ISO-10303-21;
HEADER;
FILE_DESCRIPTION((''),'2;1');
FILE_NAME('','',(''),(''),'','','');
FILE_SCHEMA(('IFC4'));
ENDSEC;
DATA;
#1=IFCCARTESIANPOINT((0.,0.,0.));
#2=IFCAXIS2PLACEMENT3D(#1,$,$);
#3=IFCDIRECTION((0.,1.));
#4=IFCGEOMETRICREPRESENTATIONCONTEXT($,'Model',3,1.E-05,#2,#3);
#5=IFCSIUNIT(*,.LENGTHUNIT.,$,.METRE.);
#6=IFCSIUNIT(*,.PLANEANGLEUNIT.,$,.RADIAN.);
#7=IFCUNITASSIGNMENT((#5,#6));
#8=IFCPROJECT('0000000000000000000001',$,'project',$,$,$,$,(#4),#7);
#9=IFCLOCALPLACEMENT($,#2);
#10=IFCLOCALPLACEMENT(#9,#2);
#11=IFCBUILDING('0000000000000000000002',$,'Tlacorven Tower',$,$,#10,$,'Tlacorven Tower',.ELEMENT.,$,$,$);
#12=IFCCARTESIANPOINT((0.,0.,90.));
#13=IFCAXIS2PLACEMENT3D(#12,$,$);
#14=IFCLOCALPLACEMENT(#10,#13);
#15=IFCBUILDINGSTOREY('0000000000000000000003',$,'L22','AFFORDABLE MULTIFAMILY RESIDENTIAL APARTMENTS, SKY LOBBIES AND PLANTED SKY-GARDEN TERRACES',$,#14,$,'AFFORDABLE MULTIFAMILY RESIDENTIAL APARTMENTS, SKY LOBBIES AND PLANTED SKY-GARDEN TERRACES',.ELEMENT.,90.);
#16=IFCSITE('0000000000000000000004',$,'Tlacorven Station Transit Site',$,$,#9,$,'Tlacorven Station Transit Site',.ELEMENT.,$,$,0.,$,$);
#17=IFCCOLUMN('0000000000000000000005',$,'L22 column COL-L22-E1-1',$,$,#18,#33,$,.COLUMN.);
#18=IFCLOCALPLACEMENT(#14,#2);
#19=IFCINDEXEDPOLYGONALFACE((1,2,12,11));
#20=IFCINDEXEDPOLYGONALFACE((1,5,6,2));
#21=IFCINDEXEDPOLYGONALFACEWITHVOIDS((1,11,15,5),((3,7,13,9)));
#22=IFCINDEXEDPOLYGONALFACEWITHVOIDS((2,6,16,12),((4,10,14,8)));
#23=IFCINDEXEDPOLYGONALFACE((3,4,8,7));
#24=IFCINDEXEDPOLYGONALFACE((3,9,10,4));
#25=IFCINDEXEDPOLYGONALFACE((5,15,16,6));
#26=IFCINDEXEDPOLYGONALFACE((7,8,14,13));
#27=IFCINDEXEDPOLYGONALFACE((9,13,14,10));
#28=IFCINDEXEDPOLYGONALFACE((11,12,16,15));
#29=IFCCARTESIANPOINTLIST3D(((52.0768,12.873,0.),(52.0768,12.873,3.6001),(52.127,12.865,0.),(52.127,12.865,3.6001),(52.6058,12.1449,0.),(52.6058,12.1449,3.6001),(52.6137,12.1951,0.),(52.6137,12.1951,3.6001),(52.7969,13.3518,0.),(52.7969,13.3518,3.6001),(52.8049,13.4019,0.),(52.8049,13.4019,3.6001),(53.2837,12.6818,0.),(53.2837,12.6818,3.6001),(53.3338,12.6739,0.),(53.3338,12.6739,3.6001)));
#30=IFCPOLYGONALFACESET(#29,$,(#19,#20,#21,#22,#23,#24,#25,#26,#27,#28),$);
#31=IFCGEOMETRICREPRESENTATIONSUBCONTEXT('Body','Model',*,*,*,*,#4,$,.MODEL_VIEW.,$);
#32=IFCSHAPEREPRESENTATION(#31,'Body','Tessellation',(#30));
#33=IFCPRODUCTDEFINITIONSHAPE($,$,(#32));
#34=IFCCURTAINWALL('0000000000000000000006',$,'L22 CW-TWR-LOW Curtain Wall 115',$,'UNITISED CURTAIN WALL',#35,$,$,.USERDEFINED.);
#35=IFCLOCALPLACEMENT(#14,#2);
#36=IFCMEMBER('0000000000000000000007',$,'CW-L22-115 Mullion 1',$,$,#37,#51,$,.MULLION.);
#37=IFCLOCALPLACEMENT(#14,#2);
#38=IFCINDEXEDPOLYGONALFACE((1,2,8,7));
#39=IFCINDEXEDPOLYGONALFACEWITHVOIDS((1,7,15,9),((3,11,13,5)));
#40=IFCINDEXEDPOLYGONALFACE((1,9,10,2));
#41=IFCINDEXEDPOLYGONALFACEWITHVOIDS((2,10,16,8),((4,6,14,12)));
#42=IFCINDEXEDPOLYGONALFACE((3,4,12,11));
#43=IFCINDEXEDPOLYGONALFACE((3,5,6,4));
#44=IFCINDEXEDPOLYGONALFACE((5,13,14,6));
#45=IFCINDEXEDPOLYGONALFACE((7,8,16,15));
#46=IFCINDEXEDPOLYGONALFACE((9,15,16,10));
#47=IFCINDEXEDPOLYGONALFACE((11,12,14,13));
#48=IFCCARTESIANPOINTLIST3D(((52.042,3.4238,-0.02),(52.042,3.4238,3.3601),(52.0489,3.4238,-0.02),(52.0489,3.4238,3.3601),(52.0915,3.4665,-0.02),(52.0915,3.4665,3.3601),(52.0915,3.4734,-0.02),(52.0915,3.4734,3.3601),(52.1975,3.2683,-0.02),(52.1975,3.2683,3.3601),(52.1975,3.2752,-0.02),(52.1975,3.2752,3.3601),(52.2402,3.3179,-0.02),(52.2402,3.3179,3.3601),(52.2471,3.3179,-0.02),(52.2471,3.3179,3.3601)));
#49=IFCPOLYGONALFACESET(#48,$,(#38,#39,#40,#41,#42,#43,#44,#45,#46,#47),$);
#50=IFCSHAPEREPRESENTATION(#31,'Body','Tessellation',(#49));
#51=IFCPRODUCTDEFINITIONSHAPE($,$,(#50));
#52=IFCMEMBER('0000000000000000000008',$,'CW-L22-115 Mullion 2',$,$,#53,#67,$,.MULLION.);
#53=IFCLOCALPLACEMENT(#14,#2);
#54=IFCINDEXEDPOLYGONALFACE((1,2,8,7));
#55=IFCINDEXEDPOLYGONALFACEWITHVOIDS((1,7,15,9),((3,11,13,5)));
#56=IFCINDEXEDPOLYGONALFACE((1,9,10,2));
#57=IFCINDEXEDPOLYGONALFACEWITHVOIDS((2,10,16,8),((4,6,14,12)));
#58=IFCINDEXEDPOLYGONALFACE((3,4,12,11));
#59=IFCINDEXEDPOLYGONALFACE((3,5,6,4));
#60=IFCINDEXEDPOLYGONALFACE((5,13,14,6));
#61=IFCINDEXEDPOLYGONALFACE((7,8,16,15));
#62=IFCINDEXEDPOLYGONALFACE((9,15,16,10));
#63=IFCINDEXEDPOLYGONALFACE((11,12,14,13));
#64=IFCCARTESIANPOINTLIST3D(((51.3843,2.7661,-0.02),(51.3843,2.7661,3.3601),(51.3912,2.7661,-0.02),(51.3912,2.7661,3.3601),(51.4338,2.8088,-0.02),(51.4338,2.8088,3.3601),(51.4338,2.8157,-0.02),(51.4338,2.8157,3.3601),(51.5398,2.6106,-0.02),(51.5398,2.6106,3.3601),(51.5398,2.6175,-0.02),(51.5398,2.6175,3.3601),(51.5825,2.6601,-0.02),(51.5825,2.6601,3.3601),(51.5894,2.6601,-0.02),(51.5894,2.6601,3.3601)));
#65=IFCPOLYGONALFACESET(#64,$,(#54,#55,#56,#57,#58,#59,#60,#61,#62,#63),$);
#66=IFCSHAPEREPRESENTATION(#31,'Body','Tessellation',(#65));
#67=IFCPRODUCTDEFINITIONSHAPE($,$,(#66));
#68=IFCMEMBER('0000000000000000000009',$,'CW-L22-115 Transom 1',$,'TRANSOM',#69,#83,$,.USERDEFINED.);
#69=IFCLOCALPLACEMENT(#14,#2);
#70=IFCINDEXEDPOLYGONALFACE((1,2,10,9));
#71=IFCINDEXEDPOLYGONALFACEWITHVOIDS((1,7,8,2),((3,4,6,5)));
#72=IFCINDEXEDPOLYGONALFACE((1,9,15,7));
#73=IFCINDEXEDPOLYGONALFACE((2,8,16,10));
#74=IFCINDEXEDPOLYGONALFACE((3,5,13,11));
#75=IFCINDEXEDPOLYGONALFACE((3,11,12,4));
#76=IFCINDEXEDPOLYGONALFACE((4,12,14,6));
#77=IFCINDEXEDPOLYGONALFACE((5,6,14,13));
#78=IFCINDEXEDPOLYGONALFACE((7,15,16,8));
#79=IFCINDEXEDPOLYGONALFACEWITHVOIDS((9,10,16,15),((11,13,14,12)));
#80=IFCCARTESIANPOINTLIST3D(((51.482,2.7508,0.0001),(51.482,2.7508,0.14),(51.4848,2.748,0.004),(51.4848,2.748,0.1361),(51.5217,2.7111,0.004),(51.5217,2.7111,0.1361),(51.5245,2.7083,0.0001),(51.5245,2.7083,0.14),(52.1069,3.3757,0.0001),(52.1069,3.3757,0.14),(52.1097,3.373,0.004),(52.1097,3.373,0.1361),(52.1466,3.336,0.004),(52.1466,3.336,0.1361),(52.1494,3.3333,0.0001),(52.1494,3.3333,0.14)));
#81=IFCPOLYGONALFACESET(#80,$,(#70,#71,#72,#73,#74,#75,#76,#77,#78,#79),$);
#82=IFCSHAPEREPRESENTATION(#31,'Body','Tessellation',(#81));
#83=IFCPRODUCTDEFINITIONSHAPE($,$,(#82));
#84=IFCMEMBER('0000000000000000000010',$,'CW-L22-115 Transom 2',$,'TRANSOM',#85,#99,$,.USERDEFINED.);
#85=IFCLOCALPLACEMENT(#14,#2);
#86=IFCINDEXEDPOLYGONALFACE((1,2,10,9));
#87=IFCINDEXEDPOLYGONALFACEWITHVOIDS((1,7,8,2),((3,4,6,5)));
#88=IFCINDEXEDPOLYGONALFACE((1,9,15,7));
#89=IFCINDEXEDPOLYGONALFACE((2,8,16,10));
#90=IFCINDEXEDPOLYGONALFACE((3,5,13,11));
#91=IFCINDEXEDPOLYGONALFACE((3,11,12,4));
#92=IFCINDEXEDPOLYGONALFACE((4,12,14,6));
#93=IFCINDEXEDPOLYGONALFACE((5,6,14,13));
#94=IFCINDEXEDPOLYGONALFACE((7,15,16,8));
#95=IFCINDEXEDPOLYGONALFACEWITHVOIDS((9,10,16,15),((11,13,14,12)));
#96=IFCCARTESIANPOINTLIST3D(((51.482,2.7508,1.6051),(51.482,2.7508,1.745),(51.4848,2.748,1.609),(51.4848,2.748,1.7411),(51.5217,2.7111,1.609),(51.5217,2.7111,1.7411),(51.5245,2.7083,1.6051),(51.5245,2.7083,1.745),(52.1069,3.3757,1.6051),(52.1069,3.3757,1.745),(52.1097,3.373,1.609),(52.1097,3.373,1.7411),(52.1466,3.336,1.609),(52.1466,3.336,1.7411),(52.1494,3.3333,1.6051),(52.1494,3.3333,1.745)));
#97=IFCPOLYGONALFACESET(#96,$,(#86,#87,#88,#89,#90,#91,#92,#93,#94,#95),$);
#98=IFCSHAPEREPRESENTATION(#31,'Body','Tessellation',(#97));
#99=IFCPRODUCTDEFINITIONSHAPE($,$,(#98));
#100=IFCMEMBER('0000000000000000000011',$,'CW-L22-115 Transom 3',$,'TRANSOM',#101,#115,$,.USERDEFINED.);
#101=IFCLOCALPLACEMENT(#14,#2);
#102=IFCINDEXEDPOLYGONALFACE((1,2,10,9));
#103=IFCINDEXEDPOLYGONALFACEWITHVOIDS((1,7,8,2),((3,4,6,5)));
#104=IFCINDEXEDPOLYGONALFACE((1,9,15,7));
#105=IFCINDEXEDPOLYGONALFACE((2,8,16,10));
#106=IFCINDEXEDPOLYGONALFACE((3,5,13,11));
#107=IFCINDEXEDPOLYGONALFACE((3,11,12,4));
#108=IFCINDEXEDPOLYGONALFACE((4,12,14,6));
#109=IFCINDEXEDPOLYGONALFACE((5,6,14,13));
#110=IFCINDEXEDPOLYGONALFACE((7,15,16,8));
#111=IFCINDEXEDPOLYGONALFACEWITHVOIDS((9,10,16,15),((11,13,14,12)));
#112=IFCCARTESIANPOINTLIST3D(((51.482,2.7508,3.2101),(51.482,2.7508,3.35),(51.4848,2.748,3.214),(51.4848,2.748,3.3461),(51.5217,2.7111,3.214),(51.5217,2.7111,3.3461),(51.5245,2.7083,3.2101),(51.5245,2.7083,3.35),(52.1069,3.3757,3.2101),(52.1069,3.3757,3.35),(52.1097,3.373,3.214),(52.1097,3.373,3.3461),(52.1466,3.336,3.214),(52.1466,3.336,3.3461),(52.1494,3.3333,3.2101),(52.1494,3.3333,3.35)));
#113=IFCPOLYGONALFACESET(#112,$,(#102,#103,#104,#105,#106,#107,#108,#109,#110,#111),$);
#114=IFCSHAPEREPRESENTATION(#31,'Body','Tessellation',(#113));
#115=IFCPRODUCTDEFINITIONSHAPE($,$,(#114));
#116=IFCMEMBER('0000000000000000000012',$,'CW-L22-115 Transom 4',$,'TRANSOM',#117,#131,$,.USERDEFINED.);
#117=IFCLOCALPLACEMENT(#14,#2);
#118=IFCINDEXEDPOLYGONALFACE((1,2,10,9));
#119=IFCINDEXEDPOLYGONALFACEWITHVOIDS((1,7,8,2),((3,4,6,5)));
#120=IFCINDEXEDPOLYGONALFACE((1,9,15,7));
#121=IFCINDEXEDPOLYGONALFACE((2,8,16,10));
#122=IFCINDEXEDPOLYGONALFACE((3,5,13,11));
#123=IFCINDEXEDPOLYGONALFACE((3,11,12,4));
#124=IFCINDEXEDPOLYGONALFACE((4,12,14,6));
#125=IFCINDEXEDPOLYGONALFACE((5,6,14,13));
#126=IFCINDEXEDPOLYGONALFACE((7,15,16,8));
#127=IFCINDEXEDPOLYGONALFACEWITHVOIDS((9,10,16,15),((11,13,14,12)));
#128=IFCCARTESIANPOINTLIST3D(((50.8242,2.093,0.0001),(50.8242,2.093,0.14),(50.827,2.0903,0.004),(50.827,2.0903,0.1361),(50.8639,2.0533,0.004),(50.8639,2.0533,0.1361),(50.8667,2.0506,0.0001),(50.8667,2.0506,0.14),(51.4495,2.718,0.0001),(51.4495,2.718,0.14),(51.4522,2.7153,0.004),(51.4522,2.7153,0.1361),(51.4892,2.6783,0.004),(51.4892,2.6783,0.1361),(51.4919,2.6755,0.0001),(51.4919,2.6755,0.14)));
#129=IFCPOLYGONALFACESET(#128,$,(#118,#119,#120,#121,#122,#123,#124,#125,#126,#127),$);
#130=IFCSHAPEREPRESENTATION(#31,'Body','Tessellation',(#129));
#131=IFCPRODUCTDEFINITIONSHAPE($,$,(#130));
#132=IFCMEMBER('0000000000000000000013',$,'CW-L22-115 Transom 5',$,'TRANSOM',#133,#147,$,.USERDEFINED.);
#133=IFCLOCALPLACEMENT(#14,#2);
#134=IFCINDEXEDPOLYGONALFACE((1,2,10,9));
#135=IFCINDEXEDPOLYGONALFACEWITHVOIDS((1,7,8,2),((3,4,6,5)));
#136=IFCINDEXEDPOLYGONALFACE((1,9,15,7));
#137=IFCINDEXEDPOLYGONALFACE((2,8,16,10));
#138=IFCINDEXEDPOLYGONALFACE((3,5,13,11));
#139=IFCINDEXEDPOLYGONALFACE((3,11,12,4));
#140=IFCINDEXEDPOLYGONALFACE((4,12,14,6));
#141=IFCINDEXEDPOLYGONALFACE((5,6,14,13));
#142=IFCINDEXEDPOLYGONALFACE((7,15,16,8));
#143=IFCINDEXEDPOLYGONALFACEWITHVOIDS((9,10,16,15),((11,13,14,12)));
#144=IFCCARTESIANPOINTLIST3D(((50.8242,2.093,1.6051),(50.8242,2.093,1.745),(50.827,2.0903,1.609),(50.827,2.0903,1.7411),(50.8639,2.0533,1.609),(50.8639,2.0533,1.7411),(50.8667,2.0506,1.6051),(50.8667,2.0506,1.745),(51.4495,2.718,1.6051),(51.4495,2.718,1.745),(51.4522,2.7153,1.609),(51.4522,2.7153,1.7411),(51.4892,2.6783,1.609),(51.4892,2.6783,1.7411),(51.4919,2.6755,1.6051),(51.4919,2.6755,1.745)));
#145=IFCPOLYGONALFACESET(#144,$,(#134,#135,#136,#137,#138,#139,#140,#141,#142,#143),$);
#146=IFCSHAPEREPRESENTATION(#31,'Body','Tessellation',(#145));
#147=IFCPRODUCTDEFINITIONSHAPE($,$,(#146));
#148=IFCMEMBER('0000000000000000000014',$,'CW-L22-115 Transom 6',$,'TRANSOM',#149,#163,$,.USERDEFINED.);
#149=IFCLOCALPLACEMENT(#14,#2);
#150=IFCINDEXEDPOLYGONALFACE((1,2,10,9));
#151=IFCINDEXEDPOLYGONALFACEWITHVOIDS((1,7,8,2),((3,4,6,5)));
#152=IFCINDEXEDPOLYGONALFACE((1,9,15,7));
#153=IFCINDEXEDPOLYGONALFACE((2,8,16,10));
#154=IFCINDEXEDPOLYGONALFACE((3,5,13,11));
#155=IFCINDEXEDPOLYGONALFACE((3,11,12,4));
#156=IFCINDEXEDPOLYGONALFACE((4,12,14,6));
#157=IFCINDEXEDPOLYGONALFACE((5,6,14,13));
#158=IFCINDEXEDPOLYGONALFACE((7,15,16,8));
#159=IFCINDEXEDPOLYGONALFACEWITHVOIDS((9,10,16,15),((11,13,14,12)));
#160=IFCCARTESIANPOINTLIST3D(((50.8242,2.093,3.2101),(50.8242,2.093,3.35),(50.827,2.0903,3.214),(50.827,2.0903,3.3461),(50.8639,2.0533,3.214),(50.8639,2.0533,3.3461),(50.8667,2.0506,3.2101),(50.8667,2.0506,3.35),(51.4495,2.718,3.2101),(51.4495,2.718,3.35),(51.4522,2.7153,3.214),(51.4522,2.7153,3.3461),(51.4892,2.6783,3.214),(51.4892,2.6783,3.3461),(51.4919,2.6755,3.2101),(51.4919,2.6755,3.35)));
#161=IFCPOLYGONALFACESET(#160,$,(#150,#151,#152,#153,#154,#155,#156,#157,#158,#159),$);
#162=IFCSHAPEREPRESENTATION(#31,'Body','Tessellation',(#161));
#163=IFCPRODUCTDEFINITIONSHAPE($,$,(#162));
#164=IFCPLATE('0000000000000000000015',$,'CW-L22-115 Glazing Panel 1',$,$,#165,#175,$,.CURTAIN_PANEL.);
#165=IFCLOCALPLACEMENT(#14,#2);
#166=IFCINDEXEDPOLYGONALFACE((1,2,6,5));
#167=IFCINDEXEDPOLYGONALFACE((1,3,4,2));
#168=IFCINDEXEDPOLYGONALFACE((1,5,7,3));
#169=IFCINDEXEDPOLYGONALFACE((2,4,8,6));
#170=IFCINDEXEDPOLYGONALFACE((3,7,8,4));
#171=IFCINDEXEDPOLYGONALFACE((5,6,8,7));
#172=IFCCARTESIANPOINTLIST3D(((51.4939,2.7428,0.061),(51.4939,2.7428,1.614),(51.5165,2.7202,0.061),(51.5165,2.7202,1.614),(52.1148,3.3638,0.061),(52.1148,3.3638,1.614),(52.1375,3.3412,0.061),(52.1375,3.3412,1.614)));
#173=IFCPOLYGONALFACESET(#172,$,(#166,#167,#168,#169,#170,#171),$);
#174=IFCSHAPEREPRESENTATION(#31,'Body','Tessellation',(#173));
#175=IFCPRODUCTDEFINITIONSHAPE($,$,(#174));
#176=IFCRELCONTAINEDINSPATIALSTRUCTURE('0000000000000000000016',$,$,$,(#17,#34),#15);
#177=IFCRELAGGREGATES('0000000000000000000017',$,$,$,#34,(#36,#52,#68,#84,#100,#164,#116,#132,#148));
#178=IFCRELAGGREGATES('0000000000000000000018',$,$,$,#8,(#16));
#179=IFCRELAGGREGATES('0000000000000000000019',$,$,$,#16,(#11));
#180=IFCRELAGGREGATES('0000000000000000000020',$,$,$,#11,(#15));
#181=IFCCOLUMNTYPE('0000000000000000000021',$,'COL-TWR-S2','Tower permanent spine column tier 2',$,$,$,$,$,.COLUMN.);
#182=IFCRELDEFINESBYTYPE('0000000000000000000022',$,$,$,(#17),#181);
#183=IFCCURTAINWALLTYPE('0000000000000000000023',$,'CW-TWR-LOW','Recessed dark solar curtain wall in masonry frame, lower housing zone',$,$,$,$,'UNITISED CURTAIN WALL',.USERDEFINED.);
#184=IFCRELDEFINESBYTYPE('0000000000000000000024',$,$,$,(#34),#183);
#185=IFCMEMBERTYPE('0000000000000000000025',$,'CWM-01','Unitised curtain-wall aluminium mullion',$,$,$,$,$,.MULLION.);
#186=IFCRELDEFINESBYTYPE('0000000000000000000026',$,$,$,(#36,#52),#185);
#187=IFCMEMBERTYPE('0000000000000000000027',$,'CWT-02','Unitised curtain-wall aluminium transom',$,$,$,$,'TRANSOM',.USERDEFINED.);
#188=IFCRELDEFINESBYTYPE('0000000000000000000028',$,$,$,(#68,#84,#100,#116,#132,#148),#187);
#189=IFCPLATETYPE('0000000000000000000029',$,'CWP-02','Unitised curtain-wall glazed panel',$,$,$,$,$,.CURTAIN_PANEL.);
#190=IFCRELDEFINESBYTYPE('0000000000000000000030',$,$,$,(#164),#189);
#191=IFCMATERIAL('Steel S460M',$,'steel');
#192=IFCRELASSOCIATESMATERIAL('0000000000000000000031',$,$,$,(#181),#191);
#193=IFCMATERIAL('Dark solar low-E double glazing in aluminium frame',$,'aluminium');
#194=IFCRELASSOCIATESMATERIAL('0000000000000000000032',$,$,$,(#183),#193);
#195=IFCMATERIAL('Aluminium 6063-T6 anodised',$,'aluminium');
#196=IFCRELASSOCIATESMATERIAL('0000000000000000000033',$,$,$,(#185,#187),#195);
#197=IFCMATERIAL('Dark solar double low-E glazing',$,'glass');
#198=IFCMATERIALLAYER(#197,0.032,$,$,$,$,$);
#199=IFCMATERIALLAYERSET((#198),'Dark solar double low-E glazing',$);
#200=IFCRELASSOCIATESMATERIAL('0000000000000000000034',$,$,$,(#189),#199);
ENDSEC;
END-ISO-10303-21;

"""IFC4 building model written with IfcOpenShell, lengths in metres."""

from ifc_helpers import new_model, si_unit, direction, frame, origin, origin_2d, place, context, subcontext, project, spatial, rectangle, hollow_rectangle, extrude, source, transform, mapped, material, layer, layer_set, material_profile, profile_set, type_object, element, aggregate, save


model = new_model("IFC4")

# Units and contexts
model_context = context("Model", 3, precision=1e-05, world=origin(), true_north=direction((0.0, 1.0)))
body_context = subcontext(model_context, "Body", "Model", "MODEL_VIEW")
ifc_project = project(units=[si_unit("LENGTHUNIT", "METRE"), si_unit("PLANEANGLEUNIT", "RADIAN")], contexts=[model_context])

# Site, building, storey
site_placement = place(None, origin())
site = spatial("IfcSite", under=ifc_project, at=site_placement, Name="Tlacorven Station Transit Site", LongName="Tlacorven Station Transit Site", CompositionType="ELEMENT", RefElevation=0.0)
building_placement = place(site_placement, origin())
building = spatial("IfcBuilding", under=site, at=building_placement, Name="Tlacorven Tower", LongName="Tlacorven Tower", CompositionType="ELEMENT")
storey_placement = place(building_placement, frame((0.0, 0.0, 90.0)))
storey = spatial("IfcBuildingStorey", under=building, at=storey_placement, Name="L22", Description="AFFORDABLE MULTIFAMILY RESIDENTIAL APARTMENTS, SKY LOBBIES AND PLANTED SKY-GARDEN TERRACES", LongName="AFFORDABLE MULTIFAMILY RESIDENTIAL APARTMENTS, SKY LOBBIES AND PLANTED SKY-GARDEN TERRACES", CompositionType="ELEMENT", Elevation=90.0)

# Column
ifc_material_1 = material(Name="Steel S460M", Category="steel")
ifc_material_profile_1 = material_profile(ifc_material_1, hollow_rectangle(XDim=0.8999, YDim=0.8999, WallThickness=0.0359, at=origin_2d()), Name="BOX 900X900X36")
ifc_profile_set_1 = profile_set([ifc_material_profile_1], Name="Steel S460M")
column_type = type_object("IfcColumnType", Name="COL-TWR-S2", Description="Tower permanent spine column tier 2", PredefinedType="COLUMN", material=ifc_profile_set_1)
shared_shape_1 = source(origin(), body_context, "Body", "SweptSolid", [
    extrude(hollow_rectangle(XDim=0.8999, YDim=0.8999, WallThickness=0.0359, at=origin_2d()), origin(), (0.0, 0.0, 1.0), 3.6001),
])
column_placement = place(storey_placement, frame((52.7053, 12.7734, 0.0), z_axis=(0.0, 0.0, 1.0), x_axis=(0.809017, 0.587785, 0.0)))
element("IfcColumn", 1, at=column_placement, inside=storey, type_object=column_type, Name="L22 column COL-L22-E1-1", PredefinedType="COLUMN", context=body_context, shape_type="MappedRepresentation", body=[
    mapped(shared_shape_1, transform((0.0, 0.0, 0.0), scale=1.0)),
])

# Curtain wall, members, plate
ifc_material_2 = material(Name="Dark solar low-E double glazing in aluminium frame", Category="aluminium")
curtain_wall_type = type_object("IfcCurtainWallType", Name="CW-TWR-LOW", Description="Recessed dark solar curtain wall in masonry frame, lower housing zone", ElementType="UNITISED CURTAIN WALL", PredefinedType="USERDEFINED", material=ifc_material_2)
curtain_wall_placement = place(storey_placement, origin())
curtain_wall = element("IfcCurtainWall", 2, at=curtain_wall_placement, inside=storey, type_object=curtain_wall_type, Name="L22 CW-TWR-LOW Curtain Wall 115", ObjectType="UNITISED CURTAIN WALL", PredefinedType="USERDEFINED")
ifc_material_3 = material(Name="Aluminium 6063-T6 anodised", Category="aluminium")
ifc_material_profile_2 = material_profile(ifc_material_3, hollow_rectangle(XDim=0.0701, YDim=0.22, WallThickness=0.0049, at=origin_2d()), Name="ALU MULLION 70X220")
ifc_profile_set_2 = profile_set([ifc_material_profile_2], Name="Aluminium 6063-T6 anodised")
member_type_1 = type_object("IfcMemberType", Name="CWM-01", Description="Unitised curtain-wall aluminium mullion", PredefinedType="MULLION", material=ifc_profile_set_2)
shared_shape_2 = source(origin(), body_context, "Body", "SweptSolid", [
    extrude(hollow_rectangle(XDim=0.0701, YDim=0.22, WallThickness=0.0049, at=origin_2d()), origin(), (0.0, 0.0, 1.0), 3.3801),
])
member_1_placement = place(storey_placement, frame((52.1445, 3.3708, -0.02), z_axis=(0.0, 0.0, 1.0), x_axis=(-0.707107, -0.707107, 0.0)))
member_1 = element("IfcMember", 3, at=member_1_placement, type_object=member_type_1, Name="CW-L22-115 Mullion 1", PredefinedType="MULLION", context=body_context, shape_type="MappedRepresentation", body=[
    mapped(shared_shape_2, transform((0.0, 0.0, 0.0), scale=1.0)),
])
member_2_placement = place(storey_placement, frame((51.4868, 2.7131, -0.02), z_axis=(0.0, 0.0, 1.0), x_axis=(-0.707107, -0.707107, 0.0)))
member_2 = element("IfcMember", 4, at=member_2_placement, type_object=member_type_1, Name="CW-L22-115 Mullion 2", PredefinedType="MULLION", context=body_context, shape_type="MappedRepresentation", body=[
    mapped(shared_shape_2, transform((0.0, 0.0, 0.0), scale=1.0)),
])
ifc_material_profile_3 = material_profile(ifc_material_3, hollow_rectangle(XDim=0.0601, YDim=0.1399, WallThickness=0.0039, at=origin_2d()), Name="ALU TRANSOM 60X140")
ifc_profile_set_3 = profile_set([ifc_material_profile_3], Name="Aluminium 6063-T6 anodised")
member_type_2 = type_object("IfcMemberType", Name="CWT-02", Description="Unitised curtain-wall aluminium transom", ElementType="TRANSOM", PredefinedType="USERDEFINED", material=ifc_profile_set_3)
shared_shape_3 = source(origin(), body_context, "Body", "SweptSolid", [
    extrude(hollow_rectangle(XDim=0.0601, YDim=0.1399, WallThickness=0.0039, at=origin_2d()), origin(), (0.0, 0.0, 1.0), 0.8838),
])
member_3_placement = place(storey_placement, frame((52.1282, 3.3545, 0.0701), z_axis=(-0.707107, -0.707107, 0.0), x_axis=(0.707107, -0.707107, 0.0)))
member_3 = element("IfcMember", 5, at=member_3_placement, type_object=member_type_2, Name="CW-L22-115 Transom 1", ObjectType="TRANSOM", PredefinedType="USERDEFINED", context=body_context, shape_type="MappedRepresentation", body=[
    mapped(shared_shape_3, transform((0.0, 0.0, 0.0), scale=1.0)),
])
member_4_placement = place(storey_placement, frame((52.1282, 3.3545, 1.675), z_axis=(-0.707107, -0.707107, 0.0), x_axis=(0.707107, -0.707107, 0.0)))
member_4 = element("IfcMember", 6, at=member_4_placement, type_object=member_type_2, Name="CW-L22-115 Transom 2", ObjectType="TRANSOM", PredefinedType="USERDEFINED", context=body_context, shape_type="MappedRepresentation", body=[
    mapped(shared_shape_3, transform((0.0, 0.0, 0.0), scale=1.0)),
])
member_5_placement = place(storey_placement, frame((52.1282, 3.3545, 3.28), z_axis=(-0.707107, -0.707107, 0.0), x_axis=(0.707107, -0.707107, 0.0)))
member_5 = element("IfcMember", 7, at=member_5_placement, type_object=member_type_2, Name="CW-L22-115 Transom 3", ObjectType="TRANSOM", PredefinedType="USERDEFINED", context=body_context, shape_type="MappedRepresentation", body=[
    mapped(shared_shape_3, transform((0.0, 0.0, 0.0), scale=1.0)),
])
shared_shape_4 = source(origin(), body_context, "Body", "SweptSolid", [
    extrude(hollow_rectangle(XDim=0.0601, YDim=0.1399, WallThickness=0.0039, at=origin_2d()), origin(), (0.0, 0.0, 1.0), 0.884),
])
member_6_placement = place(storey_placement, frame((51.4707, 2.6968, 0.0701), z_axis=(-0.707245, -0.706969, 0.0), x_axis=(0.706969, -0.707245, 0.0)))
member_6 = element("IfcMember", 8, at=member_6_placement, type_object=member_type_2, Name="CW-L22-115 Transom 4", ObjectType="TRANSOM", PredefinedType="USERDEFINED", context=body_context, shape_type="MappedRepresentation", body=[
    mapped(shared_shape_4, transform((0.0, 0.0, 0.0), scale=1.0)),
])
member_7_placement = place(storey_placement, frame((51.4707, 2.6968, 1.675), z_axis=(-0.707245, -0.706969, 0.0), x_axis=(0.706969, -0.707245, 0.0)))
member_7 = element("IfcMember", 9, at=member_7_placement, type_object=member_type_2, Name="CW-L22-115 Transom 5", ObjectType="TRANSOM", PredefinedType="USERDEFINED", context=body_context, shape_type="MappedRepresentation", body=[
    mapped(shared_shape_4, transform((0.0, 0.0, 0.0), scale=1.0)),
])
member_8_placement = place(storey_placement, frame((51.4707, 2.6968, 3.28), z_axis=(-0.707245, -0.706969, 0.0), x_axis=(0.706969, -0.707245, 0.0)))
member_8 = element("IfcMember", 10, at=member_8_placement, type_object=member_type_2, Name="CW-L22-115 Transom 6", ObjectType="TRANSOM", PredefinedType="USERDEFINED", context=body_context, shape_type="MappedRepresentation", body=[
    mapped(shared_shape_4, transform((0.0, 0.0, 0.0), scale=1.0)),
])
ifc_material_4 = material(Name="Dark solar double low-E glazing", Category="glass")
ifc_layer_1 = layer(ifc_material_4, 0.032)
ifc_layer_set_1 = layer_set([ifc_layer_1], Name="Dark solar double low-E glazing")
plate_type = type_object("IfcPlateType", Name="CWP-02", Description="Unitised curtain-wall glazed panel", PredefinedType="CURTAIN_PANEL", material=ifc_layer_set_1)
shared_shape_5 = source(origin(), body_context, "Body", "SweptSolid", [
    extrude(rectangle(XDim=0.8782, YDim=0.032, at=origin_2d()), origin(), (0.0, 0.0, 1.0), 1.553),
])
plate_1_placement = place(storey_placement, frame((51.8157, 3.042, 0.061), z_axis=(0.0, 0.0, 1.0), x_axis=(-0.707107, -0.707107, 0.0)))
plate_1 = element("IfcPlate", 11, at=plate_1_placement, type_object=plate_type, Name="CW-L22-115 Glazing Panel 1", PredefinedType="CURTAIN_PANEL", context=body_context, shape_type="MappedRepresentation", body=[
    mapped(shared_shape_5, transform((0.0, 0.0, 0.0), scale=1.0)),
])
aggregate(curtain_wall, [member_1, member_2, member_3, member_4, member_5, plate_1, member_6, member_7, member_8])

save(model, "model.ifc")
